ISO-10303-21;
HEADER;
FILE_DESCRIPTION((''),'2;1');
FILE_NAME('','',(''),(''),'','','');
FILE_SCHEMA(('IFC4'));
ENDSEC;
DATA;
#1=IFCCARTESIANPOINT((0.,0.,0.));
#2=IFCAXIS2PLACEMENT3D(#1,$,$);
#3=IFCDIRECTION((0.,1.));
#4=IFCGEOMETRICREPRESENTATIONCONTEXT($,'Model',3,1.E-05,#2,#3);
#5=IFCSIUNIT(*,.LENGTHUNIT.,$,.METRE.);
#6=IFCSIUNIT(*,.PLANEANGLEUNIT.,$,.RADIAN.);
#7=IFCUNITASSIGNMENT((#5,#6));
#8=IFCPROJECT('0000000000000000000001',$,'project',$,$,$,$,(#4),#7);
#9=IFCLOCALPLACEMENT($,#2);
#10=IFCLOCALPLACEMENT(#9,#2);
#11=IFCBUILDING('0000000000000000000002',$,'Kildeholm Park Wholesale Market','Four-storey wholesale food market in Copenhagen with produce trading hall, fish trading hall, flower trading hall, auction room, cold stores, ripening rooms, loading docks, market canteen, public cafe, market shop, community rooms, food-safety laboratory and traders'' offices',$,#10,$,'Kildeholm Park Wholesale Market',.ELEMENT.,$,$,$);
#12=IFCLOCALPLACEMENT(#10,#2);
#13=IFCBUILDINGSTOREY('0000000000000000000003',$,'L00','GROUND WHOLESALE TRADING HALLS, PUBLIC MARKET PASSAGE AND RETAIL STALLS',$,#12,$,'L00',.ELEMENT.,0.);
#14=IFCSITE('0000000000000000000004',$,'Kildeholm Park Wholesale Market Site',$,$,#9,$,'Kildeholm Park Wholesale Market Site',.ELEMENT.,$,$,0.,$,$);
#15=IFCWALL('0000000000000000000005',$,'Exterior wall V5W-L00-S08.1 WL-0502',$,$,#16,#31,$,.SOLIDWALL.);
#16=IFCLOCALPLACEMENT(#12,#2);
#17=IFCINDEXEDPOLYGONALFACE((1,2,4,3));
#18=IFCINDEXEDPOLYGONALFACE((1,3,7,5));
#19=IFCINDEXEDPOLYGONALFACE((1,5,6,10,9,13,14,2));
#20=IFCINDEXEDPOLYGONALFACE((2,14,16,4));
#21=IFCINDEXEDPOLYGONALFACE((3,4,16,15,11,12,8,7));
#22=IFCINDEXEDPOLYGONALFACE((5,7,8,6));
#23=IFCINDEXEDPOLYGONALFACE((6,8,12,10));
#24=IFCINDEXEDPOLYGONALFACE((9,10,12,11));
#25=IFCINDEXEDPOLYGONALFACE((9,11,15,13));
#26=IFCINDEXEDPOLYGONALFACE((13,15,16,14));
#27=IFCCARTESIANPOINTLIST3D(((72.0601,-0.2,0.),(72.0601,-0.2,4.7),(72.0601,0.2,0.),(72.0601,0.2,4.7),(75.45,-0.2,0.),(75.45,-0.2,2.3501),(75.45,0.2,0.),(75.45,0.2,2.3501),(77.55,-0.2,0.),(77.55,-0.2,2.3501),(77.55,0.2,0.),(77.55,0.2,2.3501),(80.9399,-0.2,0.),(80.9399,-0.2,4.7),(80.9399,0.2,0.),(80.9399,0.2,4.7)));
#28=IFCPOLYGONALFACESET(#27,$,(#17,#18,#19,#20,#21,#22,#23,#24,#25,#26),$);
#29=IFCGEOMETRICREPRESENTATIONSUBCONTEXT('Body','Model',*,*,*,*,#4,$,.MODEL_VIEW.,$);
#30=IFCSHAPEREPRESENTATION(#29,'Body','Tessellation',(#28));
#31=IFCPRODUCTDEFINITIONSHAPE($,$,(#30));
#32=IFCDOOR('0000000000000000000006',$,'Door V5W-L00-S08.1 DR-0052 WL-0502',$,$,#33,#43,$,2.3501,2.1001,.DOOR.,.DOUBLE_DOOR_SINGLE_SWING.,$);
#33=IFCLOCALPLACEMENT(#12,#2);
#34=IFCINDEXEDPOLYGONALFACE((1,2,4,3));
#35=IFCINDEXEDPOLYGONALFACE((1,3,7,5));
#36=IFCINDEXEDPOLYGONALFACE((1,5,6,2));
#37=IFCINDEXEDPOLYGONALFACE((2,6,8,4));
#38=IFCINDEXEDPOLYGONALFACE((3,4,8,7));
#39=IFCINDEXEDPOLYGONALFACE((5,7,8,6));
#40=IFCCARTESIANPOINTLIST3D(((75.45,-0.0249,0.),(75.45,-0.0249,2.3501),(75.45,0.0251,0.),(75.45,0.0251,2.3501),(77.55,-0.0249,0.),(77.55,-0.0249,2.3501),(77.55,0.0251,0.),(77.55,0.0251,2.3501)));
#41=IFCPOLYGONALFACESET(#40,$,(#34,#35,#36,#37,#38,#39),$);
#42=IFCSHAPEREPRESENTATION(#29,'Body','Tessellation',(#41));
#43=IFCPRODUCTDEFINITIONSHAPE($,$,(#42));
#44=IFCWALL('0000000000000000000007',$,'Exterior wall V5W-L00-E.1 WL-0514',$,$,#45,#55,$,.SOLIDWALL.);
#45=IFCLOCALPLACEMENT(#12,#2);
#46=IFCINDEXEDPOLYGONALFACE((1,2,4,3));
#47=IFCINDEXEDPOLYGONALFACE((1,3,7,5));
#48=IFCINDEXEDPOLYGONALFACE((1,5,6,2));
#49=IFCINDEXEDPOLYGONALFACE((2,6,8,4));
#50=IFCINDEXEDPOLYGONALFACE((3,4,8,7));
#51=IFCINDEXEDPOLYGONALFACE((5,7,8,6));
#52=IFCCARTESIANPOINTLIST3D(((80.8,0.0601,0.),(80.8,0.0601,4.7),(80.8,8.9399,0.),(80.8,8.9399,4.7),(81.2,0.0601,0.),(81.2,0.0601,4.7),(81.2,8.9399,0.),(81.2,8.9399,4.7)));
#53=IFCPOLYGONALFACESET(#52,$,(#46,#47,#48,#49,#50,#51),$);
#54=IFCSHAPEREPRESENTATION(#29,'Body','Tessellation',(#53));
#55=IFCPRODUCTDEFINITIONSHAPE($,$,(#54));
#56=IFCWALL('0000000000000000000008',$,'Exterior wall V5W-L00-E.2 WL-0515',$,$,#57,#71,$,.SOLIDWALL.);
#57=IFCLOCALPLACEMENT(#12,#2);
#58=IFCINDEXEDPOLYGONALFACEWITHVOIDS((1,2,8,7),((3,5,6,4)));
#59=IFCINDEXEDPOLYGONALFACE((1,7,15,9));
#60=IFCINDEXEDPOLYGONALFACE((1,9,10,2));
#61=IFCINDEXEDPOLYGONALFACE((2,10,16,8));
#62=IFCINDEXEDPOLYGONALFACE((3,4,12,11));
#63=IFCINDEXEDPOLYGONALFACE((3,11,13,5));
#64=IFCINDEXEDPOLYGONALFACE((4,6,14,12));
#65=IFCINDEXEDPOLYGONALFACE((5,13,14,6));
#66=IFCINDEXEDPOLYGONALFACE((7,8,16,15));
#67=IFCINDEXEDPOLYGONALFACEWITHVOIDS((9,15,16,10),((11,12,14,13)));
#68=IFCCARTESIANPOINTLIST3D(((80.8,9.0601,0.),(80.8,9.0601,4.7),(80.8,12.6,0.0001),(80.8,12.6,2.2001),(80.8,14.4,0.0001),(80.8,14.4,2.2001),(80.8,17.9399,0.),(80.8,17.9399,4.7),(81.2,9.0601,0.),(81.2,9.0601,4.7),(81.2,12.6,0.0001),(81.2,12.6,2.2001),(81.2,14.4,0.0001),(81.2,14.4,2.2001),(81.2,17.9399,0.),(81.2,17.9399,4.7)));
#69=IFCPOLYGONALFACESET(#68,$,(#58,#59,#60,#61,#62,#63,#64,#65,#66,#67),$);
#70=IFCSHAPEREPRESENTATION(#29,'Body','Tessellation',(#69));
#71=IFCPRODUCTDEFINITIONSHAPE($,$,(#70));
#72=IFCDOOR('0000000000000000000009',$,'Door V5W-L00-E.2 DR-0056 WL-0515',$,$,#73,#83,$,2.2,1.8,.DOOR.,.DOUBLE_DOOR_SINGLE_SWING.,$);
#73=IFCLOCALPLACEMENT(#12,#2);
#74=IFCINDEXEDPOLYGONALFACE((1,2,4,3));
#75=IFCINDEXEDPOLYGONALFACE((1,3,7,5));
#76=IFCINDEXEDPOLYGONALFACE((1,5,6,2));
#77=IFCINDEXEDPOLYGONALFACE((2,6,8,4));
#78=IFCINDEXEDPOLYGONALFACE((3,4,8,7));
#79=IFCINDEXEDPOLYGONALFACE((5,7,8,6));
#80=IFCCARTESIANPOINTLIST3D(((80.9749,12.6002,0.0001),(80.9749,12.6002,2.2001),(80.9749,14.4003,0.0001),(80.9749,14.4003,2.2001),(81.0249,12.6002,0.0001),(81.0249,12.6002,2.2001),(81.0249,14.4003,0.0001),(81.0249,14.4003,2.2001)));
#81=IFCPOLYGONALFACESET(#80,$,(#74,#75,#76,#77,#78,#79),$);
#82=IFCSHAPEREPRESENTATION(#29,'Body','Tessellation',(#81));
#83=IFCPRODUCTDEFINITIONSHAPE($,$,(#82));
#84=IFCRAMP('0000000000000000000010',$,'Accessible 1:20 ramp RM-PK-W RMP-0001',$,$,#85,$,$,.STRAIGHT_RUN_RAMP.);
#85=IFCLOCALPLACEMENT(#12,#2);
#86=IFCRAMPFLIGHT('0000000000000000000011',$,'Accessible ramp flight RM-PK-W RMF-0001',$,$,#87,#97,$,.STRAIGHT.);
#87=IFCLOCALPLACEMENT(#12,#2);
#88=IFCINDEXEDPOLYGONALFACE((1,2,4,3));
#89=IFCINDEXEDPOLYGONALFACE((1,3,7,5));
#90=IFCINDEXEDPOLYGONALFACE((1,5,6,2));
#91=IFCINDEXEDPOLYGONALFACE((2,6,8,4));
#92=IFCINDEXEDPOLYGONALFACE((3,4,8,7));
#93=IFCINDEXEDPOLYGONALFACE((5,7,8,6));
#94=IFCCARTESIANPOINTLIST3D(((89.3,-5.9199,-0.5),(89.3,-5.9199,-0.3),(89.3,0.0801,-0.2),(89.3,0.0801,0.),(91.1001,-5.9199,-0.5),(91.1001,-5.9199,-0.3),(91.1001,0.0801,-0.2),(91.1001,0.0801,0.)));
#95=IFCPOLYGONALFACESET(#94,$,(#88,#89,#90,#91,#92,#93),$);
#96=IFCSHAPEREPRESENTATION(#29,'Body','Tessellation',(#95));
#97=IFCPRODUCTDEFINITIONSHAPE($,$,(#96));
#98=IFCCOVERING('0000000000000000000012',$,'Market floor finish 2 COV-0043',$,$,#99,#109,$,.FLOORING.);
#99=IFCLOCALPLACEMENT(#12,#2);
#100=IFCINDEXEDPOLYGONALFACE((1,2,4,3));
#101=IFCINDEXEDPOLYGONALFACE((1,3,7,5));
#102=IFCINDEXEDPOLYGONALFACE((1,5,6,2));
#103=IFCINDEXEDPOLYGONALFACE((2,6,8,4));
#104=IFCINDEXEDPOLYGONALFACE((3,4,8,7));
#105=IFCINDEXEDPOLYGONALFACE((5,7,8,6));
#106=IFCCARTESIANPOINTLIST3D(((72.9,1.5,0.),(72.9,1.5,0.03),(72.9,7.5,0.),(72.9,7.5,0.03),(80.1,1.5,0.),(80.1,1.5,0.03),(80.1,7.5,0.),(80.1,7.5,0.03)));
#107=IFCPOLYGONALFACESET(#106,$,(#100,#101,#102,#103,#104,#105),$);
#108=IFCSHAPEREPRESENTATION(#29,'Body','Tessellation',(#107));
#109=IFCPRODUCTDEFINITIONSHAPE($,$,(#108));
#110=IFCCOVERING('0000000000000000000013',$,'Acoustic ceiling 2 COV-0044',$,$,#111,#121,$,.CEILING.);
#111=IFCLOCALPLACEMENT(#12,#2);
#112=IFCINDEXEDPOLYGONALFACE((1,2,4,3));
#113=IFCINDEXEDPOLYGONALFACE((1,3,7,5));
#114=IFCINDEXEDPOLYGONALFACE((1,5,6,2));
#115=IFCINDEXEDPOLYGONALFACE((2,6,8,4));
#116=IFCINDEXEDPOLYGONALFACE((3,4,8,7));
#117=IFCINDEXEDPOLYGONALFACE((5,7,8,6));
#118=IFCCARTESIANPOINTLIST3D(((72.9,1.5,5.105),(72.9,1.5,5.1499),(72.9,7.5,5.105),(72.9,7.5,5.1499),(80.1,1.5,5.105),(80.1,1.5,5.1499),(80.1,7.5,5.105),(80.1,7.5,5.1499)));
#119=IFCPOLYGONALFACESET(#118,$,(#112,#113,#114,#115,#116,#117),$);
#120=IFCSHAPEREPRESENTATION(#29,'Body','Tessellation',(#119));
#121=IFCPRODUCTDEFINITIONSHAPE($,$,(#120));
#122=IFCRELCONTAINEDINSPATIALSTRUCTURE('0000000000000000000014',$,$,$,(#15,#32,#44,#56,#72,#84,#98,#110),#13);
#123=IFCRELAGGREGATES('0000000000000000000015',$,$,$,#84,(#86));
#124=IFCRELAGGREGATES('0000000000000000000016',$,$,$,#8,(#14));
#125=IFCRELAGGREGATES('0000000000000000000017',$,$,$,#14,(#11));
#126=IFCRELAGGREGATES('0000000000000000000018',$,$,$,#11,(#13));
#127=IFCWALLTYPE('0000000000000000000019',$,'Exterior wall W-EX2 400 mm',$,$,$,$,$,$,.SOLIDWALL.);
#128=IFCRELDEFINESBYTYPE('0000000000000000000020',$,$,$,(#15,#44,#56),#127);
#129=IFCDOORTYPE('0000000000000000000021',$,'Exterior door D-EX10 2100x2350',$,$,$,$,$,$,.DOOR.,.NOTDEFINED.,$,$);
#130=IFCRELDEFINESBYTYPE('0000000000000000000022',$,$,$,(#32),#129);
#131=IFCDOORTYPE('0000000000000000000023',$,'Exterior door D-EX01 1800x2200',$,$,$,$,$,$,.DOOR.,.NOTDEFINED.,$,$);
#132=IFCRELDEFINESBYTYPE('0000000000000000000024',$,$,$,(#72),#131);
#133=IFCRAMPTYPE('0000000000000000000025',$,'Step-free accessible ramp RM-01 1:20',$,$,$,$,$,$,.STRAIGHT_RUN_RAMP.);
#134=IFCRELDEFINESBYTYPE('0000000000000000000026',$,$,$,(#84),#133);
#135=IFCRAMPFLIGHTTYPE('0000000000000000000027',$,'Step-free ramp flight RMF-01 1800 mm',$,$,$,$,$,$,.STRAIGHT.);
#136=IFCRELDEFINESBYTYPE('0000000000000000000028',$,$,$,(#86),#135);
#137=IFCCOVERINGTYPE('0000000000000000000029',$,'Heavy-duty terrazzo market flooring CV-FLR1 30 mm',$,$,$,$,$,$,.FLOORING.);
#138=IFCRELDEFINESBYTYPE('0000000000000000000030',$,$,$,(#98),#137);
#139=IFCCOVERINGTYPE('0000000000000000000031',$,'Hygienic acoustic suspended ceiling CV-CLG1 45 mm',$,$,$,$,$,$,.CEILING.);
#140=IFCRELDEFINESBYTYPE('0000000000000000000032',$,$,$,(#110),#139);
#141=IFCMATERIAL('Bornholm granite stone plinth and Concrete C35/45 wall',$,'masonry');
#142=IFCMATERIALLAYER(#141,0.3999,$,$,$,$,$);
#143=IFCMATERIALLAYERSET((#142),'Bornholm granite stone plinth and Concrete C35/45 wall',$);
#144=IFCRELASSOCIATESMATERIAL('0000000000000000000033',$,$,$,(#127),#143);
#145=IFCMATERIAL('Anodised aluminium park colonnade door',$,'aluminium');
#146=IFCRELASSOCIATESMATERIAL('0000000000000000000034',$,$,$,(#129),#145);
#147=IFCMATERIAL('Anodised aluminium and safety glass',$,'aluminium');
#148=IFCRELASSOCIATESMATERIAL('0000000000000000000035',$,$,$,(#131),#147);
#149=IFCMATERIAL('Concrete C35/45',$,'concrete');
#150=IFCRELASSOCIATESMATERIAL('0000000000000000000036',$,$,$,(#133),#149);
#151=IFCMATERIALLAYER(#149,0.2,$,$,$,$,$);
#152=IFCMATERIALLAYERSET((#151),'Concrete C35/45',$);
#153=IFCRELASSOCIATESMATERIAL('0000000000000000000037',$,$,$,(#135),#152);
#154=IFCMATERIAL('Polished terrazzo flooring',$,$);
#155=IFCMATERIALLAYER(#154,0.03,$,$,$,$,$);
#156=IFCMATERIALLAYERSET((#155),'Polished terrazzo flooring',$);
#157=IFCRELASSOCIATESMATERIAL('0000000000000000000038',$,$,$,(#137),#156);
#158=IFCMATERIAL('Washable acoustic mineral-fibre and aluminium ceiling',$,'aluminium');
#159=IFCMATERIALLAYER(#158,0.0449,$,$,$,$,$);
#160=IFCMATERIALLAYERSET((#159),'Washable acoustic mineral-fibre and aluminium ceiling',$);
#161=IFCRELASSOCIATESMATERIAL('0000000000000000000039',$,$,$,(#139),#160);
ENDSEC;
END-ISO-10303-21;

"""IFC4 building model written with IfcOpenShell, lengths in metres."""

from ifc_helpers import new_model, si_unit, direction, frame, frame_2d, origin, origin_2d, place, context, subcontext, project, spatial, polyline, rectangle, outline, extrude, material, layer, layer_set, type_object, element, fill, aggregate, save


model = new_model("IFC4")

# Units and contexts
model_context = context("Model", 3, precision=1e-05, world=origin(), true_north=direction((0.0, 1.0)))
body_context = subcontext(model_context, "Body", "Model", "MODEL_VIEW")
ifc_project = project(units=[si_unit("LENGTHUNIT", "METRE"), si_unit("PLANEANGLEUNIT", "RADIAN")], contexts=[model_context])

# Site, building, storey
site_placement = place(None, origin())
site = spatial("IfcSite", under=ifc_project, at=site_placement, Name="Kildeholm Park Wholesale Market Site", LongName="Kildeholm Park Wholesale Market Site", CompositionType="ELEMENT", RefElevation=0.0)
building_placement = place(site_placement, origin())
building = spatial("IfcBuilding", under=site, at=building_placement, Name="Kildeholm Park Wholesale Market", Description="Four-storey wholesale food market in Copenhagen with produce trading hall, fish trading hall, flower trading hall, auction room, cold stores, ripening rooms, loading docks, market canteen, public cafe, market shop, community rooms, food-safety laboratory and traders' offices", LongName="Kildeholm Park Wholesale Market", CompositionType="ELEMENT")
storey_placement = place(building_placement, origin())
storey = spatial("IfcBuildingStorey", under=building, at=storey_placement, Name="L00", Description="GROUND WHOLESALE TRADING HALLS, PUBLIC MARKET PASSAGE AND RETAIL STALLS", LongName="L00", CompositionType="ELEMENT", Elevation=0.0)

# Shared definitions
ifc_material_1 = material(Name="Concrete C35/45", Category="concrete")

# Wall, opening, door
ifc_material_2 = material(Name="Bornholm granite stone plinth and Concrete C35/45 wall", Category="masonry")
ifc_layer_1 = layer(ifc_material_2, 0.3999)
ifc_layer_set_1 = layer_set([ifc_layer_1], Name="Bornholm granite stone plinth and Concrete C35/45 wall")
wall_type = type_object("IfcWallType", Name="Exterior wall W-EX2 400 mm", PredefinedType="SOLIDWALL", material=ifc_layer_set_1)
wall_1_placement = place(storey_placement, frame((72.0601, 0.0, 0.0), z_axis=(0.0, 0.0, 1.0), x_axis=(1.0, 0.0, 0.0)))
wall_1 = element("IfcWall", 1, at=wall_1_placement, inside=storey, type_object=wall_type, Name="Exterior wall V5W-L00-S08.1 WL-0502", PredefinedType="SOLIDWALL", context=body_context, shape_type="SweptSolid", body=[
    extrude(rectangle(XDim=8.8799, YDim=0.3999, at=frame_2d((4.4399, 0.0))), origin(), (0.0, 0.0, 1.0), 4.7),
])
opening_1_placement = place(wall_1_placement, frame((3.3899, 0.0, 0.0)))
opening_1 = element("IfcOpeningElement", 2, at=opening_1_placement, cuts=wall_1, PredefinedType="OPENING", context=body_context, shape_type="SweptSolid", body=[
    extrude(rectangle(XDim=2.1001, YDim=2.3501, at=frame_2d((1.05, 1.175))), frame((0.0, 0.21, 0.0), z_axis=(0.0, -1.0, 0.0), x_axis=(1.0, 0.0, 0.0)), (0.0, 0.0, 1.0), 0.4199),
])
ifc_material_3 = material(Name="Anodised aluminium park colonnade door", Category="aluminium")
door_type_1 = type_object("IfcDoorType", Name="Exterior door D-EX10 2100x2350", OperationType="NOTDEFINED", PredefinedType="DOOR", material=ifc_material_3)
door_1_placement = place(opening_1_placement, frame((2.1001, 0.0, 0.0), z_axis=(0.0, 0.0, 1.0), x_axis=(-1.0, 0.0, 0.0)))
door_1 = element("IfcDoor", 3, at=door_1_placement, inside=storey, type_object=door_type_1, Name="Door V5W-L00-S08.1 DR-0052 WL-0502", OperationType="DOUBLE_DOOR_SINGLE_SWING", OverallHeight=2.3501, OverallWidth=2.1001, PredefinedType="DOOR", context=body_context, shape_type="SweptSolid", body=[
    extrude(rectangle(XDim=2.1001, YDim=2.3501, at=frame_2d((1.05, 1.175))), frame((0.0, 0.0249, 0.0), z_axis=(0.0, -1.0, 0.0), x_axis=(1.0, 0.0, 0.0)), (0.0, 0.0, 1.0), 0.05),
])
fill(opening_1, door_1)

# Wall
wall_2_placement = place(storey_placement, frame((81.0, 0.0601, 0.0), z_axis=(0.0, 0.0, 1.0), x_axis=(0.0, 1.0, 0.0)))
element("IfcWall", 4, at=wall_2_placement, inside=storey, type_object=wall_type, Name="Exterior wall V5W-L00-E.1 WL-0514", PredefinedType="SOLIDWALL", context=body_context, shape_type="SweptSolid", body=[
    extrude(rectangle(XDim=8.8799, YDim=0.3999, at=frame_2d((4.4399, 0.0))), origin(), (0.0, 0.0, 1.0), 4.7),
])

# Wall, opening, door
wall_3_placement = place(storey_placement, frame((81.0, 9.0601, 0.0), z_axis=(0.0, 0.0, 1.0), x_axis=(0.0, 1.0, 0.0)))
wall_3 = element("IfcWall", 5, at=wall_3_placement, inside=storey, type_object=wall_type, Name="Exterior wall V5W-L00-E.2 WL-0515", PredefinedType="SOLIDWALL", context=body_context, shape_type="SweptSolid", body=[
    extrude(rectangle(XDim=8.8799, YDim=0.3999, at=frame_2d((4.4399, 0.0))), origin(), (0.0, 0.0, 1.0), 4.7),
])
opening_2_placement = place(wall_3_placement, frame((3.54, 0.0, 0.0)))
opening_2 = element("IfcOpeningElement", 6, at=opening_2_placement, cuts=wall_3, PredefinedType="OPENING", context=body_context, shape_type="SweptSolid", body=[
    extrude(rectangle(XDim=1.8, YDim=2.2, at=frame_2d((0.8999, 1.1001))), frame((0.0, 0.21, 0.0), z_axis=(0.0, -1.0, 0.0), x_axis=(1.0, 0.0, 0.0)), (0.0, 0.0, 1.0), 0.4199),
])
ifc_material_4 = material(Name="Anodised aluminium and safety glass", Category="aluminium")
door_type_2 = type_object("IfcDoorType", Name="Exterior door D-EX01 1800x2200", OperationType="NOTDEFINED", PredefinedType="DOOR", material=ifc_material_4)
door_2_placement = place(opening_2_placement, frame((1.8, 0.0, 0.0), z_axis=(0.0, 0.0, 1.0), x_axis=(-1.0, 0.0, 0.0)))
door_2 = element("IfcDoor", 7, at=door_2_placement, inside=storey, type_object=door_type_2, Name="Door V5W-L00-E.2 DR-0056 WL-0515", OperationType="DOUBLE_DOOR_SINGLE_SWING", OverallHeight=2.2, OverallWidth=1.8, PredefinedType="DOOR", context=body_context, shape_type="SweptSolid", body=[
    extrude(rectangle(XDim=1.8, YDim=2.2, at=frame_2d((0.8999, 1.1001))), frame((0.0, 0.0249, 0.0), z_axis=(0.0, -1.0, 0.0), x_axis=(1.0, 0.0, 0.0)), (0.0, 0.0, 1.0), 0.05),
])
fill(opening_2, door_2)

# Ramp, ramp flight
ramp_type = type_object("IfcRampType", Name="Step-free accessible ramp RM-01 1:20", PredefinedType="STRAIGHT_RUN_RAMP", material=ifc_material_1)
ramp_placement = place(storey_placement, origin())
ramp = element("IfcRamp", 8, at=ramp_placement, inside=storey, type_object=ramp_type, Name="Accessible 1:20 ramp RM-PK-W RMP-0001", PredefinedType="STRAIGHT_RUN_RAMP")
ifc_layer_2 = layer(ifc_material_1, 0.2)
ifc_layer_set_2 = layer_set([ifc_layer_2], Name="Concrete C35/45")
ramp_flight_type = type_object("IfcRampFlightType", Name="Step-free ramp flight RMF-01 1800 mm", PredefinedType="STRAIGHT", material=ifc_layer_set_2)
ramp_flight_placement = place(storey_placement, frame((90.2, -5.9199, -0.3), z_axis=(0.0, 0.0, 1.0), x_axis=(0.0, 1.0, 0.0)))
ramp_flight = element("IfcRampFlight", 9, at=ramp_flight_placement, type_object=ramp_flight_type, Name="Accessible ramp flight RM-PK-W RMF-0001", PredefinedType="STRAIGHT", context=body_context, shape_type="SweptSolid", body=[
    extrude(outline(polyline([(0.0, 0.0), (0.0, -0.2), (6.0, 0.1001), (6.0, 0.3), (0.0, 0.0)])), frame((0.0, 0.8999, 0.0), z_axis=(0.0, -1.0, 0.0), x_axis=(1.0, 0.0, 0.0)), (0.0, 0.0, 1.0), 1.8),
])
aggregate(ramp, [ramp_flight])

# Coverings
ifc_material_5 = material(Name="Polished terrazzo flooring")
ifc_layer_3 = layer(ifc_material_5, 0.03)
ifc_layer_set_3 = layer_set([ifc_layer_3], Name="Polished terrazzo flooring")
covering_type_1 = type_object("IfcCoveringType", Name="Heavy-duty terrazzo market flooring CV-FLR1 30 mm", PredefinedType="FLOORING", material=ifc_layer_set_3)
covering_1_placement = place(storey_placement, frame((76.5, 4.5, 0.0), z_axis=(0.0, 0.0, 1.0), x_axis=(1.0, 0.0, 0.0)))
element("IfcCovering", 10, at=covering_1_placement, inside=storey, type_object=covering_type_1, Name="Market floor finish 2 COV-0043", PredefinedType="FLOORING", context=body_context, shape_type="SweptSolid", body=[
    extrude(rectangle(XDim=7.2, YDim=6.0, at=origin_2d()), origin(), (0.0, 0.0, 1.0), 0.03),
])
ifc_material_6 = material(Name="Washable acoustic mineral-fibre and aluminium ceiling", Category="aluminium")
ifc_layer_4 = layer(ifc_material_6, 0.0449)
ifc_layer_set_4 = layer_set([ifc_layer_4], Name="Washable acoustic mineral-fibre and aluminium ceiling")
covering_type_2 = type_object("IfcCoveringType", Name="Hygienic acoustic suspended ceiling CV-CLG1 45 mm", PredefinedType="CEILING", material=ifc_layer_set_4)
covering_2_placement = place(storey_placement, frame((76.5, 4.5, 5.105), z_axis=(0.0, 0.0, 1.0), x_axis=(1.0, 0.0, 0.0)))
element("IfcCovering", 11, at=covering_2_placement, inside=storey, type_object=covering_type_2, Name="Acoustic ceiling 2 COV-0044", PredefinedType="CEILING", context=body_context, shape_type="SweptSolid", body=[
    extrude(rectangle(XDim=7.2, YDim=6.0, at=origin_2d()), origin(), (0.0, 0.0, 1.0), 0.0449),
])

save(model, "model.ifc")
